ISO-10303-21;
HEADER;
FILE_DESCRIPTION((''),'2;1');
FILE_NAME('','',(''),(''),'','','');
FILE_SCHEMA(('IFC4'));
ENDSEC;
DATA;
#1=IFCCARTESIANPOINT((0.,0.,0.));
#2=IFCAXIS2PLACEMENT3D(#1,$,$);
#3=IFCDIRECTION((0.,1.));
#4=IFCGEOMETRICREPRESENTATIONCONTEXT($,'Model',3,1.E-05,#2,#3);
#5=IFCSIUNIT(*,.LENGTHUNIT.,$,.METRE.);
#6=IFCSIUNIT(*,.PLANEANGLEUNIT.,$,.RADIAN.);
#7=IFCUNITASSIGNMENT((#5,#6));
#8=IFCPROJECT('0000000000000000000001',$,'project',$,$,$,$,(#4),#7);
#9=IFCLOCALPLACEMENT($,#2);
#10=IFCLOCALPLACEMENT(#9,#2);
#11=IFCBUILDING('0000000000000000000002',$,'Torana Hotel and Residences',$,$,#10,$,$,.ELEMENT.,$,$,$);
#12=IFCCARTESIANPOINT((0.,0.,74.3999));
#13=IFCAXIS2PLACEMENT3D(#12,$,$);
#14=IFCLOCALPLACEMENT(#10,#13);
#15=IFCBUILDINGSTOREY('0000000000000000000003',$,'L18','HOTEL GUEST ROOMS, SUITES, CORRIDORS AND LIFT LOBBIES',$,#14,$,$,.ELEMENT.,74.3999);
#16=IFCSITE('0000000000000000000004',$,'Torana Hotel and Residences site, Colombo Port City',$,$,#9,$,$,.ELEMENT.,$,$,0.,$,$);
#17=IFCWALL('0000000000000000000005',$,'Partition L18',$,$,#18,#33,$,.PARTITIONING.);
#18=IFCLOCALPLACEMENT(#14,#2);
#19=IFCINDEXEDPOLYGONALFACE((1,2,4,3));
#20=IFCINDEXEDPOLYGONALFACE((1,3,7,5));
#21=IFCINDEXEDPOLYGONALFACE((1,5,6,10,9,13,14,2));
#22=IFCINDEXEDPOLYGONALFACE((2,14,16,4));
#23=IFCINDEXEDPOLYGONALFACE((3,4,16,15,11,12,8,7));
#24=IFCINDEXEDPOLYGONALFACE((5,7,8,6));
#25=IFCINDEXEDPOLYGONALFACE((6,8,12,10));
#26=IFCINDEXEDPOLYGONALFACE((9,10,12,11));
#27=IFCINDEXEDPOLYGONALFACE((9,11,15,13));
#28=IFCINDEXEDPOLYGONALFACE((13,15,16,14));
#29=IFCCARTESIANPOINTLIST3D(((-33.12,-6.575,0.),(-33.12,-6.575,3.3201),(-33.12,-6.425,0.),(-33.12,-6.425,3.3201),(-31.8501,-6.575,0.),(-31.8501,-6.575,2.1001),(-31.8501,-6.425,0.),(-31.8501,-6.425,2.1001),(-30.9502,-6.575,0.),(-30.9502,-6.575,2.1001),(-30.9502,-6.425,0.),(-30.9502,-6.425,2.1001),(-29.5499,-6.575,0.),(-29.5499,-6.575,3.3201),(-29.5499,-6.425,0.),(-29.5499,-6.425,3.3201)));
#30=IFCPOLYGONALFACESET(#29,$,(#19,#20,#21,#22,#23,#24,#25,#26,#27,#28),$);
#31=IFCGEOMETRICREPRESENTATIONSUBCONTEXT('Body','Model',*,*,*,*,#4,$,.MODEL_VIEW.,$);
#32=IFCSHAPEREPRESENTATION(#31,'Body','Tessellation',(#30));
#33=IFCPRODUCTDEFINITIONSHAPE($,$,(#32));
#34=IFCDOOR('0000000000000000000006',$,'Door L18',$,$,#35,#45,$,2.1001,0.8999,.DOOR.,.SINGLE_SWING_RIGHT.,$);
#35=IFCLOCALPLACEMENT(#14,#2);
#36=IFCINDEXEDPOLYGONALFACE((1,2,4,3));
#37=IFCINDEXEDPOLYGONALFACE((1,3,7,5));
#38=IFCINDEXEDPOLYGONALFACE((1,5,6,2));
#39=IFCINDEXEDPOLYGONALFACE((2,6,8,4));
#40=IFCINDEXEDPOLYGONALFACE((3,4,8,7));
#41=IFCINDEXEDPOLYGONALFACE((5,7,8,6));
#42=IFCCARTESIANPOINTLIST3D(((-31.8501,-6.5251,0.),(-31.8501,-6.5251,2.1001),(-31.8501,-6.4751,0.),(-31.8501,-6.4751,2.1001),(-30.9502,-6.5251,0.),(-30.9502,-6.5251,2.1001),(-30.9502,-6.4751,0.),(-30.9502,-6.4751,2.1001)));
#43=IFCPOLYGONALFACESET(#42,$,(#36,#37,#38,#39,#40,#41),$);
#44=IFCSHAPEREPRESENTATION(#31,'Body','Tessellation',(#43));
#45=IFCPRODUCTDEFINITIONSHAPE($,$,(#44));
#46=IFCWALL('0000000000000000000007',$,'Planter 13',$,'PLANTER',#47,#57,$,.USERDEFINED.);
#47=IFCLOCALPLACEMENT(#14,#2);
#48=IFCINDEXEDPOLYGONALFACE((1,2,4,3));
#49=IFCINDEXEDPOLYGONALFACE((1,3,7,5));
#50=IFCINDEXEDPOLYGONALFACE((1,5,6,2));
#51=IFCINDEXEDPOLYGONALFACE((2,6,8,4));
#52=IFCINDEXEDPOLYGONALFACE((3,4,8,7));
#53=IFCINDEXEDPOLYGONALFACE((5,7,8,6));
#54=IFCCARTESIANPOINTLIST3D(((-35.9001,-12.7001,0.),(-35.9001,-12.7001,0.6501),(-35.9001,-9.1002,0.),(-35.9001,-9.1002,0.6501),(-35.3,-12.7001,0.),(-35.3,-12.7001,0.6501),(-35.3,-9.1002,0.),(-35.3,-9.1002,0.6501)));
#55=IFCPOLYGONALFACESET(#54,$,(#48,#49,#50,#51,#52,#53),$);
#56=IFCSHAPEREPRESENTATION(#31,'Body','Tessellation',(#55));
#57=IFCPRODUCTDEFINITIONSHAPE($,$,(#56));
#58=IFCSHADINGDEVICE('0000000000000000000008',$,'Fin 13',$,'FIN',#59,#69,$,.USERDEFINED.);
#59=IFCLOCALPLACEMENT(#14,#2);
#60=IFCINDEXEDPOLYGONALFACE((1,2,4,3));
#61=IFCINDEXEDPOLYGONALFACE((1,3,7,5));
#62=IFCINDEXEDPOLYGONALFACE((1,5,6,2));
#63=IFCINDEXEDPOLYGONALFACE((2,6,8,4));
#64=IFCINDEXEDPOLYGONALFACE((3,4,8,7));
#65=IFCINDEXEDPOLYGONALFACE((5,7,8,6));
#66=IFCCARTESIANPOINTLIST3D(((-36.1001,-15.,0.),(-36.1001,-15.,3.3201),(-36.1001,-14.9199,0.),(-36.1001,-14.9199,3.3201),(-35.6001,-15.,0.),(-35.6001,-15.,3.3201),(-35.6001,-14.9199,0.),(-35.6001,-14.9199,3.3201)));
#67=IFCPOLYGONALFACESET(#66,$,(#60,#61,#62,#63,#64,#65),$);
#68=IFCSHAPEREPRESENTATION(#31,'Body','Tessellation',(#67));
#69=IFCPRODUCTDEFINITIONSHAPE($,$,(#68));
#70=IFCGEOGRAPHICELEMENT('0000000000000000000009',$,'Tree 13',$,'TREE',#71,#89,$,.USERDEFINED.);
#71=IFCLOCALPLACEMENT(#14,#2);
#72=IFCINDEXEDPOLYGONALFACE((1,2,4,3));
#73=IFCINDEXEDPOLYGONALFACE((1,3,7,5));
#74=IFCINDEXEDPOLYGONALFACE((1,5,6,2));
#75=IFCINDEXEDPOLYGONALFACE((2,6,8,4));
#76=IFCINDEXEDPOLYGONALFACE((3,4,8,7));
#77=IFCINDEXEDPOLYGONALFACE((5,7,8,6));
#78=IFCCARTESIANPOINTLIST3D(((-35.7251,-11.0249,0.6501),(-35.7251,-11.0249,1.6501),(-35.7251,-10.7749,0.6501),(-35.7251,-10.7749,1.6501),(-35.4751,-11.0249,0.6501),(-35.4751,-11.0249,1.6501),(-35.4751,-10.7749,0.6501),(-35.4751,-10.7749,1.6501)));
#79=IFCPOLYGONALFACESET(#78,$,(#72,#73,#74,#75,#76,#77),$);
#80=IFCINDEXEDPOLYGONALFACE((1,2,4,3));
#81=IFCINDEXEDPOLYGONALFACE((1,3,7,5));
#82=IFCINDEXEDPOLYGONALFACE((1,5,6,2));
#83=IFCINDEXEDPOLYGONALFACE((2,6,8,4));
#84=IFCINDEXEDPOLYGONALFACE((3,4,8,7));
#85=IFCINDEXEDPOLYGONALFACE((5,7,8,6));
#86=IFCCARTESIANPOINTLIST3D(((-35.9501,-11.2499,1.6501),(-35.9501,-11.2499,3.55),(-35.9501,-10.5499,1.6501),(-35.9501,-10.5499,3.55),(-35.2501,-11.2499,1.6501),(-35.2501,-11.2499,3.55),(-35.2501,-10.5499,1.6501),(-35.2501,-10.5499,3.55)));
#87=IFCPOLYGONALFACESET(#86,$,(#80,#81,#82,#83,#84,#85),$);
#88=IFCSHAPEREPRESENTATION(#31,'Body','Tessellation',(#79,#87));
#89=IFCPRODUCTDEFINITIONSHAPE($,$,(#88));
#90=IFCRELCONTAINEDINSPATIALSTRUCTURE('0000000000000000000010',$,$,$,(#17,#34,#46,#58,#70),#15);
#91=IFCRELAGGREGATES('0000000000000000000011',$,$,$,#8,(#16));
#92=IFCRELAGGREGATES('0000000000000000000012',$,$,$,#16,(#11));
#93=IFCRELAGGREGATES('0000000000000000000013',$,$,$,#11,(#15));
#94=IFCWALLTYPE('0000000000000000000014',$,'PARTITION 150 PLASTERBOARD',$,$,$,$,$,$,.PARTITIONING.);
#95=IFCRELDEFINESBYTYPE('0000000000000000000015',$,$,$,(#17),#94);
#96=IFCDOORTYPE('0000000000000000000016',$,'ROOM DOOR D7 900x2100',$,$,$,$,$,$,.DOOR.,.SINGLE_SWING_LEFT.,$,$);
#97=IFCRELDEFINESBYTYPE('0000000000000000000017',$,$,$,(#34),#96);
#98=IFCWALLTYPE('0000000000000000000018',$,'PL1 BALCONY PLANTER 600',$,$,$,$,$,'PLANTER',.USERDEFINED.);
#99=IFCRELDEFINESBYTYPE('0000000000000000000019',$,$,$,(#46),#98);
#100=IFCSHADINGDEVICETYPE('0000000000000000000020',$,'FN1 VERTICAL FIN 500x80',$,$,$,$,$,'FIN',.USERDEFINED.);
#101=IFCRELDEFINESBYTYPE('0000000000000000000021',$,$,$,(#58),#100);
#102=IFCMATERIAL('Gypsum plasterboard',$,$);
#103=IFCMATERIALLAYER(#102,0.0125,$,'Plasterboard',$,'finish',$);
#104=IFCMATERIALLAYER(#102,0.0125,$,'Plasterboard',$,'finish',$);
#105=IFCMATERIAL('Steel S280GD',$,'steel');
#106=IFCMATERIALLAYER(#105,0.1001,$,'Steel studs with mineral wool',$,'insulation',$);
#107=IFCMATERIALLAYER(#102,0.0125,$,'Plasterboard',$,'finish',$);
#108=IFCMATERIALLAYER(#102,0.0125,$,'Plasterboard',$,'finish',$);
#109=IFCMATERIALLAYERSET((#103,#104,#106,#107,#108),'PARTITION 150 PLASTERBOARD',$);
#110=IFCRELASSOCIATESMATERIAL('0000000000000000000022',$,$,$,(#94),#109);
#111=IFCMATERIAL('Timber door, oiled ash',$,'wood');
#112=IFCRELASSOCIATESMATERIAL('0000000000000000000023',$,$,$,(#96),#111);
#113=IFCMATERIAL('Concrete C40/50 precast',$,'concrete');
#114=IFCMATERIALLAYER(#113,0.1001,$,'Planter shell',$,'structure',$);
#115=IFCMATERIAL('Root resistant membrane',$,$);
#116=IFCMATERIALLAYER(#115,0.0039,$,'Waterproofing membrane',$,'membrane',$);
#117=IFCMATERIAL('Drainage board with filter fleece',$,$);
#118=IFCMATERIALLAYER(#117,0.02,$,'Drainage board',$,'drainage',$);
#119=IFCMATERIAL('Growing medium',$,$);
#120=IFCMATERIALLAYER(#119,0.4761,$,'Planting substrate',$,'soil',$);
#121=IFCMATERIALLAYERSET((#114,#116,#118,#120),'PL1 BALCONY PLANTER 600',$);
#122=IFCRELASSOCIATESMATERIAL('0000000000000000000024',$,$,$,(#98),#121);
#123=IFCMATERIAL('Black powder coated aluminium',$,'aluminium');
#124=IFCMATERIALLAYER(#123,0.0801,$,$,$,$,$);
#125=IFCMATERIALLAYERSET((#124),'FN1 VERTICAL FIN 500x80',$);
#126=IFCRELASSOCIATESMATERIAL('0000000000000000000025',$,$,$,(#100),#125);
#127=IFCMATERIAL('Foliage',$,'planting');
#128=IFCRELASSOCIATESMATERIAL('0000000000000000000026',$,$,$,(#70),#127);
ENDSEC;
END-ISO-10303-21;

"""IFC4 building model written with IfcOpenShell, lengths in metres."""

from ifc_helpers import new_model, si_unit, direction, frame, frame_2d, origin, origin_2d, place, context, subcontext, project, spatial, rectangle, extrude, material, layer, layer_set, type_object, element, fill, save


model = new_model("IFC4")

# Units and contexts
model_context = context("Model", 3, precision=1e-05, world=origin(), true_north=direction((0.0, 1.0)))
body_context = subcontext(model_context, "Body", "Model", "MODEL_VIEW")
ifc_project = project(units=[si_unit("LENGTHUNIT", "METRE"), si_unit("PLANEANGLEUNIT", "RADIAN")], contexts=[model_context])

# Site, building, storey
site_placement = place(None, origin())
site = spatial("IfcSite", under=ifc_project, at=site_placement, Name="Torana Hotel and Residences site, Colombo Port City", CompositionType="ELEMENT", RefElevation=0.0)
building_placement = place(site_placement, origin())
building = spatial("IfcBuilding", under=site, at=building_placement, Name="Torana Hotel and Residences", CompositionType="ELEMENT")
storey_placement = place(building_placement, frame((0.0, 0.0, 74.3999)))
storey = spatial("IfcBuildingStorey", under=building, at=storey_placement, Name="L18", Description="HOTEL GUEST ROOMS, SUITES, CORRIDORS AND LIFT LOBBIES", CompositionType="ELEMENT", Elevation=74.3999)

# Wall, opening, door
ifc_material_1 = material(Name="Gypsum plasterboard")
ifc_layer_1 = layer(ifc_material_1, 0.0125, Name="Plasterboard", Category="finish")
ifc_layer_2 = layer(ifc_material_1, 0.0125, Name="Plasterboard", Category="finish")
ifc_material_2 = material(Name="Steel S280GD", Category="steel")
ifc_layer_3 = layer(ifc_material_2, 0.1001, Name="Steel studs with mineral wool", Category="insulation")
ifc_layer_4 = layer(ifc_material_1, 0.0125, Name="Plasterboard", Category="finish")
ifc_layer_5 = layer(ifc_material_1, 0.0125, Name="Plasterboard", Category="finish")
ifc_layer_set_1 = layer_set([ifc_layer_1, ifc_layer_2, ifc_layer_3, ifc_layer_4, ifc_layer_5], Name="PARTITION 150 PLASTERBOARD")
wall_type_1 = type_object("IfcWallType", Name="PARTITION 150 PLASTERBOARD", PredefinedType="PARTITIONING", material=ifc_layer_set_1)
wall_1_placement = place(storey_placement, frame((-33.1201, -6.5, 0.0), z_axis=(0.0, 0.0, 1.0), x_axis=(1.0, 0.0, 0.0)))
wall_1 = element("IfcWall", 1, at=wall_1_placement, inside=storey, type_object=wall_type_1, Name="Partition L18", PredefinedType="PARTITIONING", context=body_context, shape_type="SweptSolid", body=[
    extrude(rectangle(XDim=3.5701, YDim=0.1499, at=frame_2d((1.7852, 0.0))), origin(), (0.0, 0.0, 1.0), 3.3201),
])
opening_1_placement = place(wall_1_placement, frame((1.27, 0.0, 0.0)))
opening_1 = element("IfcOpeningElement", 2, at=opening_1_placement, cuts=wall_1, PredefinedType="OPENING", context=body_context, shape_type="SweptSolid", body=[
    extrude(rectangle(XDim=0.8999, YDim=2.1001, at=frame_2d((0.45, 1.05))), frame((0.0, 0.085, 0.0), z_axis=(0.0, -1.0, 0.0), x_axis=(1.0, 0.0, 0.0)), (0.0, 0.0, 1.0), 0.1699),
])
ifc_material_3 = material(Name="Timber door, oiled ash", Category="wood")
door_type_1 = type_object("IfcDoorType", Name="ROOM DOOR D7 900x2100", OperationType="SINGLE_SWING_LEFT", PredefinedType="DOOR", material=ifc_material_3)
door_1_placement = place(opening_1_placement, origin())
door_1 = element("IfcDoor", 3, at=door_1_placement, inside=storey, type_object=door_type_1, Name="Door L18", OperationType="SINGLE_SWING_RIGHT", OverallHeight=2.1001, OverallWidth=0.8999, PredefinedType="DOOR", context=body_context, shape_type="SweptSolid", body=[
    extrude(rectangle(XDim=0.8999, YDim=2.1001, at=frame_2d((0.45, 1.05))), frame((0.0, 0.0249, 0.0), z_axis=(0.0, -1.0, 0.0), x_axis=(1.0, 0.0, 0.0)), (0.0, 0.0, 1.0), 0.05),
])
fill(opening_1, door_1)

# Wall
ifc_material_4 = material(Name="Concrete C40/50 precast", Category="concrete")
ifc_layer_6 = layer(ifc_material_4, 0.1001, Name="Planter shell", Category="structure")
ifc_material_5 = material(Name="Root resistant membrane")
ifc_layer_7 = layer(ifc_material_5, 0.0039, Name="Waterproofing membrane", Category="membrane")
ifc_material_6 = material(Name="Drainage board with filter fleece")
ifc_layer_8 = layer(ifc_material_6, 0.02, Name="Drainage board", Category="drainage")
ifc_material_7 = material(Name="Growing medium")
ifc_layer_9 = layer(ifc_material_7, 0.4761, Name="Planting substrate", Category="soil")
ifc_layer_set_2 = layer_set([ifc_layer_6, ifc_layer_7, ifc_layer_8, ifc_layer_9], Name="PL1 BALCONY PLANTER 600")
wall_type_2 = type_object("IfcWallType", Name="PL1 BALCONY PLANTER 600", ElementType="PLANTER", PredefinedType="USERDEFINED", material=ifc_layer_set_2)
wall_2_placement = place(storey_placement, frame((-35.6001, -12.7, 0.0), z_axis=(0.0, 0.0, 1.0), x_axis=(0.0, 1.0, 0.0)))
element("IfcWall", 4, at=wall_2_placement, inside=storey, type_object=wall_type_2, Name="Planter 13", ObjectType="PLANTER", PredefinedType="USERDEFINED", context=body_context, shape_type="SweptSolid", body=[
    extrude(rectangle(XDim=3.5999, YDim=0.6001, at=frame_2d((1.7998, 0.0))), origin(), (0.0, 0.0, 1.0), 0.6501),
])

# Shading device
ifc_material_8 = material(Name="Black powder coated aluminium", Category="aluminium")
ifc_layer_10 = layer(ifc_material_8, 0.0801)
ifc_layer_set_3 = layer_set([ifc_layer_10], Name="FN1 VERTICAL FIN 500x80")
shading_device_type = type_object("IfcShadingDeviceType", Name="FN1 VERTICAL FIN 500x80", ElementType="FIN", PredefinedType="USERDEFINED", material=ifc_layer_set_3)
shading_device_placement = place(storey_placement, frame((-35.8501, -14.96, 0.0), z_axis=(0.0, 0.0, 1.0), x_axis=(0.0, 1.0, 0.0)))
element("IfcShadingDevice", 5, at=shading_device_placement, inside=storey, type_object=shading_device_type, Name="Fin 13", ObjectType="FIN", PredefinedType="USERDEFINED", context=body_context, shape_type="SweptSolid", body=[
    extrude(rectangle(XDim=0.0801, YDim=0.5, at=origin_2d()), origin(), (0.0, 0.0, 1.0), 3.3201),
])

# Geographic element
ifc_material_9 = material(Name="Foliage", Category="planting")
geographic_element_placement = place(storey_placement, frame((-35.6001, -10.8999, 0.6501), z_axis=(0.0, 0.0, 1.0), x_axis=(1.0, 0.0, 0.0)))
element("IfcGeographicElement", 6, at=geographic_element_placement, inside=storey, material=ifc_material_9, Name="Tree 13", ObjectType="TREE", PredefinedType="USERDEFINED", context=body_context, shape_type="SweptSolid", body=[
    extrude(rectangle(XDim=0.25, YDim=0.25, at=origin_2d()), origin(), (0.0, 0.0, 1.0), 1.0),
    extrude(rectangle(XDim=0.7, YDim=0.7, at=origin_2d()), frame((0.0, 0.0, 1.0)), (0.0, 0.0, 1.0), 1.8999),
])

save(model, "model.ifc")
